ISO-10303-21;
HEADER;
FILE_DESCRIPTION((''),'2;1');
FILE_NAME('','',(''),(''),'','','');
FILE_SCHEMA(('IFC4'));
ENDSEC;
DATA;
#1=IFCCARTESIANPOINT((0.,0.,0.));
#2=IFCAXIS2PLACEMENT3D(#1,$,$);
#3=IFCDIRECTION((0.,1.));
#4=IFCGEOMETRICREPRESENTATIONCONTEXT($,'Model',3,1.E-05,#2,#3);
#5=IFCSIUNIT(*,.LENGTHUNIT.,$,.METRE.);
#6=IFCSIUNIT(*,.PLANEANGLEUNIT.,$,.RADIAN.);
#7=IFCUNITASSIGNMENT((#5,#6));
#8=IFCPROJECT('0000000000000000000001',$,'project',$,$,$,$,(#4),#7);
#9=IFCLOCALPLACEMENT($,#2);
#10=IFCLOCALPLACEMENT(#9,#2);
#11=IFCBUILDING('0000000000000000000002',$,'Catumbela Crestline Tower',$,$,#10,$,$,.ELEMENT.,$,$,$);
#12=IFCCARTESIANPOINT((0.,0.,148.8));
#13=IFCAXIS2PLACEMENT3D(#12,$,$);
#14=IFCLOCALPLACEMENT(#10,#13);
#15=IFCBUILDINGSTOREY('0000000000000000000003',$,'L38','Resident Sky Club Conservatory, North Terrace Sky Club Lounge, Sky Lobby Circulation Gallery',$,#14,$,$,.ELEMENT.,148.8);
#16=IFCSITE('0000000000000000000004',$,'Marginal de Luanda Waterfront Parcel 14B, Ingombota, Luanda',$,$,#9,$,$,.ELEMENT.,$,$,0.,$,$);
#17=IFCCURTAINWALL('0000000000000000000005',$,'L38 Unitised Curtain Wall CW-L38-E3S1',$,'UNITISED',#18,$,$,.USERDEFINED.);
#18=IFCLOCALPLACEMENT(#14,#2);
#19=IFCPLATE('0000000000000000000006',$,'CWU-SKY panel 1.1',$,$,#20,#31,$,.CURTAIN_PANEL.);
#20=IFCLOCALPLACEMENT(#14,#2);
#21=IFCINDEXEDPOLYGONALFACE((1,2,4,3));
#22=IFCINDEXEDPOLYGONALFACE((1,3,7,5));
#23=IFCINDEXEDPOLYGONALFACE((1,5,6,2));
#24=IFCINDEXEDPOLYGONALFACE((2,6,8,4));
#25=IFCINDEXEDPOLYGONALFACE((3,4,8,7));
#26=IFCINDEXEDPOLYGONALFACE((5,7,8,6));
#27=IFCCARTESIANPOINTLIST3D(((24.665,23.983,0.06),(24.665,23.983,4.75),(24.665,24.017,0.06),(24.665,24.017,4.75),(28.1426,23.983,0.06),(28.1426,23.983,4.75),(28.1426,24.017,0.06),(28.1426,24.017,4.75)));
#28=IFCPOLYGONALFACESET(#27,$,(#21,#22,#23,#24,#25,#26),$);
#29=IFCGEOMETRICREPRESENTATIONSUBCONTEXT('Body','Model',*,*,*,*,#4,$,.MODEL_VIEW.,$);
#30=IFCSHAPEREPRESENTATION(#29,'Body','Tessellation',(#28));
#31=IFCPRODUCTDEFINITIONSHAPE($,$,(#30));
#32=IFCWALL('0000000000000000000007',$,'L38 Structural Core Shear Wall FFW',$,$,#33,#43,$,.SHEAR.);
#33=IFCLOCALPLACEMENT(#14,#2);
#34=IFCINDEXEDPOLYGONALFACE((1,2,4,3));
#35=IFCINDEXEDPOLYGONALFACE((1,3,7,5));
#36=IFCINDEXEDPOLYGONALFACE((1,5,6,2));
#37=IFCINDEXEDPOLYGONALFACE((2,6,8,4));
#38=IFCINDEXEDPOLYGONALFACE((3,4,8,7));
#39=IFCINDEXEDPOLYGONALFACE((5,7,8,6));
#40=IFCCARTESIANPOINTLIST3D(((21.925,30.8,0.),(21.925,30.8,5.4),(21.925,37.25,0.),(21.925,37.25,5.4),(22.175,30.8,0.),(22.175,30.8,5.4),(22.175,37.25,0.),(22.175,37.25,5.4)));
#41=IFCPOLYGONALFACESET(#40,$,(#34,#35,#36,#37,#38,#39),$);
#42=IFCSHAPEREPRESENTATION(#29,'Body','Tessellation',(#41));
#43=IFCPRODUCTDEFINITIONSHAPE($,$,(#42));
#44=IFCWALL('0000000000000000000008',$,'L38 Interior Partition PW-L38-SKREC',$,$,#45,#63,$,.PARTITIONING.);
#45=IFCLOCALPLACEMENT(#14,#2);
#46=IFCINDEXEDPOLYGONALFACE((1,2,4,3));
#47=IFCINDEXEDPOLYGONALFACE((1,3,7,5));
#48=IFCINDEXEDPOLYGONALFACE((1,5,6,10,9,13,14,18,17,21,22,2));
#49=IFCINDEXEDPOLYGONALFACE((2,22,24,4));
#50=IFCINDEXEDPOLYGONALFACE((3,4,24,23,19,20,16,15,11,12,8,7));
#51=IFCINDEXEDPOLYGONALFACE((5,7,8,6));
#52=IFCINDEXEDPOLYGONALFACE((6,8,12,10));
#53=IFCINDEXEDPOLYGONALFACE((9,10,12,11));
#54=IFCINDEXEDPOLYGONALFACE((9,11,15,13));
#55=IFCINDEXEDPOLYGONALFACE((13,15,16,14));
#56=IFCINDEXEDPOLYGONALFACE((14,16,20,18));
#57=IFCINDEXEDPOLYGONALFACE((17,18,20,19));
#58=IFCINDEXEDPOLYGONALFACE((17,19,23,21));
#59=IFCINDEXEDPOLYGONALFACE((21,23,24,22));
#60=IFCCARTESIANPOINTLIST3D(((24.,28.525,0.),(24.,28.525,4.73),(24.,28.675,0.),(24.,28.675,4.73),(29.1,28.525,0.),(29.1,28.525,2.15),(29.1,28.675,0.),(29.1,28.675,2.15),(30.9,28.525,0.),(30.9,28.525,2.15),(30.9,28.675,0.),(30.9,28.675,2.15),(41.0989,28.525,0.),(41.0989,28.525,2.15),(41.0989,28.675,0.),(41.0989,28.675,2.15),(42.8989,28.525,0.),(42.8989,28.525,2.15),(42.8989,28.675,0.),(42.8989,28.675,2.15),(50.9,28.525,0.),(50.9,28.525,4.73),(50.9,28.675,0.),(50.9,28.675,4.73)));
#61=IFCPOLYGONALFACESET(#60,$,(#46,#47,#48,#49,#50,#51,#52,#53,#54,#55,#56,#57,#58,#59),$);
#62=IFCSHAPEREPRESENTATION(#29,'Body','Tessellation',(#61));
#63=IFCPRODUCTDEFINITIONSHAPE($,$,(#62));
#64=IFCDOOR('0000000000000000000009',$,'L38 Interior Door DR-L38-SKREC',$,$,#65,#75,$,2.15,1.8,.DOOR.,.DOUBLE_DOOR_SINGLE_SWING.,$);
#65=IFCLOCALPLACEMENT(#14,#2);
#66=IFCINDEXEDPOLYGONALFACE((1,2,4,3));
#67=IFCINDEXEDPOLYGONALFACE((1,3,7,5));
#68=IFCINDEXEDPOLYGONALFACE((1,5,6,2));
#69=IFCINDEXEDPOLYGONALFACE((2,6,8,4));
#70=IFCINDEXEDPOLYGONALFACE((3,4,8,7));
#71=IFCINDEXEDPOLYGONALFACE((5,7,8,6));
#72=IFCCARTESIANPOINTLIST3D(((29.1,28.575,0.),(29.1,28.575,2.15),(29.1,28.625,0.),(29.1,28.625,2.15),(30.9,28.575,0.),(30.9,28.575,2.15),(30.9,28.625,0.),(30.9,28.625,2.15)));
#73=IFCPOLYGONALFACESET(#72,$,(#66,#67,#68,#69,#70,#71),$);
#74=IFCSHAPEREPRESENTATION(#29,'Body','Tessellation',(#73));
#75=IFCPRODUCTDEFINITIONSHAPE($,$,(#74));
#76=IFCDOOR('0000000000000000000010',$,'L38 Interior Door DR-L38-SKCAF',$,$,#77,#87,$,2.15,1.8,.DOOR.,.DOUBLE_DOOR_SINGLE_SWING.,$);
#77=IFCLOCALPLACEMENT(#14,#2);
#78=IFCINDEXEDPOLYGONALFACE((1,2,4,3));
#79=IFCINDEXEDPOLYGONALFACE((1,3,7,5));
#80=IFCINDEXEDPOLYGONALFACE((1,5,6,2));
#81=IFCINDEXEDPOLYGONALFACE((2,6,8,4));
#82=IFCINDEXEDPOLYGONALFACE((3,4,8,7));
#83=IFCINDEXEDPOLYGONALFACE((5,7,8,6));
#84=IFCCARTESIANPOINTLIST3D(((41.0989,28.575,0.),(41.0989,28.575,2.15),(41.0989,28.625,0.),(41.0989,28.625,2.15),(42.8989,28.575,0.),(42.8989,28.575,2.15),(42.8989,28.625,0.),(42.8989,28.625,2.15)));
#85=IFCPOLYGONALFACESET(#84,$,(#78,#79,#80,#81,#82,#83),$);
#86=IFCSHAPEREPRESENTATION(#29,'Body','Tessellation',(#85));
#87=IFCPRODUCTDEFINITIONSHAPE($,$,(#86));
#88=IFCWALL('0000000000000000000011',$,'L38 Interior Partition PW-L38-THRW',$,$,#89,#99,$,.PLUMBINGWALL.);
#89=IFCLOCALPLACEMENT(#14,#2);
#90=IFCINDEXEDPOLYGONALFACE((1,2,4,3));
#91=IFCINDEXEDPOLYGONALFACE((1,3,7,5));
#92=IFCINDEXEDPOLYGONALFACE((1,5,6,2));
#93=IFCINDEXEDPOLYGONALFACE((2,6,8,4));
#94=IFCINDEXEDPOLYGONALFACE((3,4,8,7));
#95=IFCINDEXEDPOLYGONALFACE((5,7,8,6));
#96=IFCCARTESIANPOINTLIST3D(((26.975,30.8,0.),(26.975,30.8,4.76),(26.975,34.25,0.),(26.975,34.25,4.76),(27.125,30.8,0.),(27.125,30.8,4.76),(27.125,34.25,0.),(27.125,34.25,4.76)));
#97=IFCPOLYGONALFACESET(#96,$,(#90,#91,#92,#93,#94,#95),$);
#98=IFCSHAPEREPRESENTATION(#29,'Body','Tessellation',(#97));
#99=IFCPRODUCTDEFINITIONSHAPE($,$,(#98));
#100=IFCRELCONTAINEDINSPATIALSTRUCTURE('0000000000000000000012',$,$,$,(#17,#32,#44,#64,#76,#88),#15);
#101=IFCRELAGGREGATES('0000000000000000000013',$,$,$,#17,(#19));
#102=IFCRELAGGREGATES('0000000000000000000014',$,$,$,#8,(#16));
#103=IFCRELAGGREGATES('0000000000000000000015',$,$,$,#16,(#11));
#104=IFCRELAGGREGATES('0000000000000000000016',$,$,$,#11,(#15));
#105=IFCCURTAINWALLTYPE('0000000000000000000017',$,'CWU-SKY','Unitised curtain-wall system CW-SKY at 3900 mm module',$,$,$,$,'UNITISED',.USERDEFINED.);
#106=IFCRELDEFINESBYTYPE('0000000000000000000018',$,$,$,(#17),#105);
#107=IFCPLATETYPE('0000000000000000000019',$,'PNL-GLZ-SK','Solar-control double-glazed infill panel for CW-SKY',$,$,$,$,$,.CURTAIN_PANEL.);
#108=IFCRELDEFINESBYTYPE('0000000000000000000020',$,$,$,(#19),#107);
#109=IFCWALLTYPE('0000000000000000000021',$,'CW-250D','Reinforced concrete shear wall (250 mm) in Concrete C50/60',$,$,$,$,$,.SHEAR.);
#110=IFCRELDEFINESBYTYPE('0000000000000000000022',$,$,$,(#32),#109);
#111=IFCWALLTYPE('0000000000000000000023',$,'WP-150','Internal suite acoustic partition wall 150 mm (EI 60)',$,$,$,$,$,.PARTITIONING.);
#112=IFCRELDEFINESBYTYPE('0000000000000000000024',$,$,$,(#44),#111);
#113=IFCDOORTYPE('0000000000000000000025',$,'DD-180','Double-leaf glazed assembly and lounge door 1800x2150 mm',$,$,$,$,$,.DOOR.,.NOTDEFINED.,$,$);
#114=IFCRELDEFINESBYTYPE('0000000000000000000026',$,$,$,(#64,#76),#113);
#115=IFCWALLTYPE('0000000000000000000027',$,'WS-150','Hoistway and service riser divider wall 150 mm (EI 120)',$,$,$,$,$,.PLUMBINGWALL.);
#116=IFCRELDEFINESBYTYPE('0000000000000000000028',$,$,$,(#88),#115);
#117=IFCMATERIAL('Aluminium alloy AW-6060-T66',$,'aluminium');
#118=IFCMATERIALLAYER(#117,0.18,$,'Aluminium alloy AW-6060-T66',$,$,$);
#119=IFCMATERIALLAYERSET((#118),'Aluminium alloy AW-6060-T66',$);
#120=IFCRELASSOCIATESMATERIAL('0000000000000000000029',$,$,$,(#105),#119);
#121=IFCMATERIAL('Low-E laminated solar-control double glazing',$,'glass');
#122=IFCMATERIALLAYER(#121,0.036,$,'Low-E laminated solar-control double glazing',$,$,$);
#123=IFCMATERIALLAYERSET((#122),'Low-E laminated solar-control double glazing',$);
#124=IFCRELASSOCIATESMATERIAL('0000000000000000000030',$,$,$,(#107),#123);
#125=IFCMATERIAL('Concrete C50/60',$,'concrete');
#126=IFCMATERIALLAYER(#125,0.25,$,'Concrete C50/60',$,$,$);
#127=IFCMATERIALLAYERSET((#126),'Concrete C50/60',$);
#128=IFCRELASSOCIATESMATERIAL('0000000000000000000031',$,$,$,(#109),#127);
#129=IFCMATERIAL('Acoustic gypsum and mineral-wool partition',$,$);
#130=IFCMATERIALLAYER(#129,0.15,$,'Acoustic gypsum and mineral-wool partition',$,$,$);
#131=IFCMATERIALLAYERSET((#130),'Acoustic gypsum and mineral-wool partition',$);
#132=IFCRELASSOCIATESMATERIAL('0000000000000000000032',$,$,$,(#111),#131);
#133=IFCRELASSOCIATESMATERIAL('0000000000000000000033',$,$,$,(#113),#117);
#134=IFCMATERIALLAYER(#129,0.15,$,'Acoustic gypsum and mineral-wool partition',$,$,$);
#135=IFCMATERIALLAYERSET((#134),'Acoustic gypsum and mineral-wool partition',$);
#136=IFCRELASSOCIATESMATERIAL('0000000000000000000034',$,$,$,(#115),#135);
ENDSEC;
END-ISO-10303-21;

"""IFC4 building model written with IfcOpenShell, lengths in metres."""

from ifc_helpers import new_model, si_unit, direction, frame, frame_2d, origin, origin_2d, place, context, subcontext, project, spatial, rectangle, extrude, material, layer, layer_set, type_object, element, fill, aggregate, save


model = new_model("IFC4")

# Units and contexts
model_context = context("Model", 3, precision=1e-05, world=origin(), true_north=direction((0.0, 1.0)))
body_context = subcontext(model_context, "Body", "Model", "MODEL_VIEW")
ifc_project = project(units=[si_unit("LENGTHUNIT", "METRE"), si_unit("PLANEANGLEUNIT", "RADIAN")], contexts=[model_context])

# Site, building, storey
site_placement = place(None, origin())
site = spatial("IfcSite", under=ifc_project, at=site_placement, Name="Marginal de Luanda Waterfront Parcel 14B, Ingombota, Luanda", CompositionType="ELEMENT", RefElevation=0.0)
building_placement = place(site_placement, origin())
building = spatial("IfcBuilding", under=site, at=building_placement, Name="Catumbela Crestline Tower", CompositionType="ELEMENT")
storey_placement = place(building_placement, frame((0.0, 0.0, 148.8)))
storey = spatial("IfcBuildingStorey", under=building, at=storey_placement, Name="L38", Description="Resident Sky Club Conservatory, North Terrace Sky Club Lounge, Sky Lobby Circulation Gallery", CompositionType="ELEMENT", Elevation=148.8)

# Shared definitions
ifc_material_1 = material(Name="Concrete C50/60", Category="concrete")

# Curtain wall
ifc_material_2 = material(Name="Aluminium alloy AW-6060-T66", Category="aluminium")
ifc_layer_1 = layer(ifc_material_2, 0.18, Name="Aluminium alloy AW-6060-T66")
ifc_layer_set_1 = layer_set([ifc_layer_1], Name="Aluminium alloy AW-6060-T66")
curtain_wall_type = type_object("IfcCurtainWallType", Name="CWU-SKY", Description="Unitised curtain-wall system CW-SKY at 3900 mm module", ElementType="UNITISED", PredefinedType="USERDEFINED", material=ifc_layer_set_1)
curtain_wall_1_placement = place(storey_placement, origin())
curtain_wall_1 = element("IfcCurtainWall", 1, at=curtain_wall_1_placement, inside=storey, type_object=curtain_wall_type, Name="L38 Unitised Curtain Wall CW-L38-E3S1", ObjectType="UNITISED", PredefinedType="USERDEFINED")

# Plate
ifc_material_3 = material(Name="Low-E laminated solar-control double glazing", Category="glass")
ifc_layer_2 = layer(ifc_material_3, 0.036, Name="Low-E laminated solar-control double glazing")
ifc_layer_set_2 = layer_set([ifc_layer_2], Name="Low-E laminated solar-control double glazing")
plate_type = type_object("IfcPlateType", Name="PNL-GLZ-SK", Description="Solar-control double-glazed infill panel for CW-SKY", PredefinedType="CURTAIN_PANEL", material=ifc_layer_set_2)
plate_1_placement = place(storey_placement, frame((26.4038, 24.0, 0.06), z_axis=(0.0, 0.0, 1.0), x_axis=(1.0, 0.0, 0.0)))
plate_1 = element("IfcPlate", 2, at=plate_1_placement, type_object=plate_type, Name="CWU-SKY panel 1.1", PredefinedType="CURTAIN_PANEL", context=body_context, shape_type="SweptSolid", body=[
    extrude(rectangle(XDim=3.4775, YDim=0.034, at=origin_2d()), origin(), (0.0, 0.0, 1.0), 4.69),
])
aggregate(curtain_wall_1, [plate_1])

# Wall
ifc_layer_3 = layer(ifc_material_1, 0.25, Name="Concrete C50/60")
ifc_layer_set_3 = layer_set([ifc_layer_3], Name="Concrete C50/60")
wall_type_1 = type_object("IfcWallType", Name="CW-250D", Description="Reinforced concrete shear wall (250 mm) in Concrete C50/60", PredefinedType="SHEAR", material=ifc_layer_set_3)
wall_1_placement = place(storey_placement, frame((22.05, 30.8, 0.0), z_axis=(0.0, 0.0, 1.0), x_axis=(0.0, 1.0, 0.0)))
element("IfcWall", 3, at=wall_1_placement, inside=storey, type_object=wall_type_1, Name="L38 Structural Core Shear Wall FFW", PredefinedType="SHEAR", context=body_context, shape_type="SweptSolid", body=[
    extrude(rectangle(XDim=6.45, YDim=0.25, at=frame_2d((3.225, 0.0))), origin(), (0.0, 0.0, 1.0), 5.4),
])

# Wall, openings, doors
ifc_material_4 = material(Name="Acoustic gypsum and mineral-wool partition")
ifc_layer_4 = layer(ifc_material_4, 0.15, Name="Acoustic gypsum and mineral-wool partition")
ifc_layer_set_4 = layer_set([ifc_layer_4], Name="Acoustic gypsum and mineral-wool partition")
wall_type_2 = type_object("IfcWallType", Name="WP-150", Description="Internal suite acoustic partition wall 150 mm (EI 60)", PredefinedType="PARTITIONING", material=ifc_layer_set_4)
wall_2_placement = place(storey_placement, frame((24.0, 28.6, 0.0), z_axis=(0.0, 0.0, 1.0), x_axis=(1.0, 0.0, 0.0)))
wall_2 = element("IfcWall", 4, at=wall_2_placement, inside=storey, type_object=wall_type_2, Name="L38 Interior Partition PW-L38-SKREC", PredefinedType="PARTITIONING", context=body_context, shape_type="SweptSolid", body=[
    extrude(rectangle(XDim=26.9, YDim=0.15, at=frame_2d((13.45, 0.0))), origin(), (0.0, 0.0, 1.0), 4.73),
])
opening_1_placement = place(wall_2_placement, frame((5.1, 0.0, 0.0)))
opening_1 = element("IfcOpeningElement", 5, at=opening_1_placement, cuts=wall_2, PredefinedType="OPENING", context=body_context, shape_type="SweptSolid", body=[
    extrude(rectangle(XDim=1.8, YDim=2.15, at=frame_2d((0.9, 1.075))), frame((0.0, 0.085, 0.0), z_axis=(0.0, -1.0, 0.0), x_axis=(1.0, 0.0, 0.0)), (0.0, 0.0, 1.0), 0.17),
])
opening_2_placement = place(wall_2_placement, frame((17.0989, 0.0, 0.0)))
opening_2 = element("IfcOpeningElement", 6, at=opening_2_placement, cuts=wall_2, PredefinedType="OPENING", context=body_context, shape_type="SweptSolid", body=[
    extrude(rectangle(XDim=1.8, YDim=2.15, at=frame_2d((0.9, 1.075))), frame((0.0, 0.085, 0.0), z_axis=(0.0, -1.0, 0.0), x_axis=(1.0, 0.0, 0.0)), (0.0, 0.0, 1.0), 0.17),
])
door_type = type_object("IfcDoorType", Name="DD-180", Description="Double-leaf glazed assembly and lounge door 1800x2150 mm", OperationType="NOTDEFINED", PredefinedType="DOOR", material=ifc_material_2)
door_1_placement = place(opening_1_placement, origin())
door_1 = element("IfcDoor", 7, at=door_1_placement, inside=storey, type_object=door_type, Name="L38 Interior Door DR-L38-SKREC", OperationType="DOUBLE_DOOR_SINGLE_SWING", OverallHeight=2.15, OverallWidth=1.8, PredefinedType="DOOR", context=body_context, shape_type="SweptSolid", body=[
    extrude(rectangle(XDim=1.8, YDim=2.15, at=frame_2d((0.9, 1.075))), frame((0.0, 0.025, 0.0), z_axis=(0.0, -1.0, 0.0), x_axis=(1.0, 0.0, 0.0)), (0.0, 0.0, 1.0), 0.05),
])
fill(opening_1, door_1)
door_2_placement = place(opening_2_placement, origin())
door_2 = element("IfcDoor", 8, at=door_2_placement, inside=storey, type_object=door_type, Name="L38 Interior Door DR-L38-SKCAF", OperationType="DOUBLE_DOOR_SINGLE_SWING", OverallHeight=2.15, OverallWidth=1.8, PredefinedType="DOOR", context=body_context, shape_type="SweptSolid", body=[
    extrude(rectangle(XDim=1.8, YDim=2.15, at=frame_2d((0.9, 1.075))), frame((0.0, 0.025, 0.0), z_axis=(0.0, -1.0, 0.0), x_axis=(1.0, 0.0, 0.0)), (0.0, 0.0, 1.0), 0.05),
])
fill(opening_2, door_2)

# Wall
ifc_layer_5 = layer(ifc_material_4, 0.15, Name="Acoustic gypsum and mineral-wool partition")
ifc_layer_set_5 = layer_set([ifc_layer_5], Name="Acoustic gypsum and mineral-wool partition")
wall_type_3 = type_object("IfcWallType", Name="WS-150", Description="Hoistway and service riser divider wall 150 mm (EI 120)", PredefinedType="PLUMBINGWALL", material=ifc_layer_set_5)
wall_3_placement = place(storey_placement, frame((27.05, 30.8, 0.0), z_axis=(0.0, 0.0, 1.0), x_axis=(0.0, 1.0, 0.0)))
element("IfcWall", 9, at=wall_3_placement, inside=storey, type_object=wall_type_3, Name="L38 Interior Partition PW-L38-THRW", PredefinedType="PLUMBINGWALL", context=body_context, shape_type="SweptSolid", body=[
    extrude(rectangle(XDim=3.45, YDim=0.15, at=frame_2d((1.725, 0.0))), origin(), (0.0, 0.0, 1.0), 4.76),
])

save(model, "model.ifc")
